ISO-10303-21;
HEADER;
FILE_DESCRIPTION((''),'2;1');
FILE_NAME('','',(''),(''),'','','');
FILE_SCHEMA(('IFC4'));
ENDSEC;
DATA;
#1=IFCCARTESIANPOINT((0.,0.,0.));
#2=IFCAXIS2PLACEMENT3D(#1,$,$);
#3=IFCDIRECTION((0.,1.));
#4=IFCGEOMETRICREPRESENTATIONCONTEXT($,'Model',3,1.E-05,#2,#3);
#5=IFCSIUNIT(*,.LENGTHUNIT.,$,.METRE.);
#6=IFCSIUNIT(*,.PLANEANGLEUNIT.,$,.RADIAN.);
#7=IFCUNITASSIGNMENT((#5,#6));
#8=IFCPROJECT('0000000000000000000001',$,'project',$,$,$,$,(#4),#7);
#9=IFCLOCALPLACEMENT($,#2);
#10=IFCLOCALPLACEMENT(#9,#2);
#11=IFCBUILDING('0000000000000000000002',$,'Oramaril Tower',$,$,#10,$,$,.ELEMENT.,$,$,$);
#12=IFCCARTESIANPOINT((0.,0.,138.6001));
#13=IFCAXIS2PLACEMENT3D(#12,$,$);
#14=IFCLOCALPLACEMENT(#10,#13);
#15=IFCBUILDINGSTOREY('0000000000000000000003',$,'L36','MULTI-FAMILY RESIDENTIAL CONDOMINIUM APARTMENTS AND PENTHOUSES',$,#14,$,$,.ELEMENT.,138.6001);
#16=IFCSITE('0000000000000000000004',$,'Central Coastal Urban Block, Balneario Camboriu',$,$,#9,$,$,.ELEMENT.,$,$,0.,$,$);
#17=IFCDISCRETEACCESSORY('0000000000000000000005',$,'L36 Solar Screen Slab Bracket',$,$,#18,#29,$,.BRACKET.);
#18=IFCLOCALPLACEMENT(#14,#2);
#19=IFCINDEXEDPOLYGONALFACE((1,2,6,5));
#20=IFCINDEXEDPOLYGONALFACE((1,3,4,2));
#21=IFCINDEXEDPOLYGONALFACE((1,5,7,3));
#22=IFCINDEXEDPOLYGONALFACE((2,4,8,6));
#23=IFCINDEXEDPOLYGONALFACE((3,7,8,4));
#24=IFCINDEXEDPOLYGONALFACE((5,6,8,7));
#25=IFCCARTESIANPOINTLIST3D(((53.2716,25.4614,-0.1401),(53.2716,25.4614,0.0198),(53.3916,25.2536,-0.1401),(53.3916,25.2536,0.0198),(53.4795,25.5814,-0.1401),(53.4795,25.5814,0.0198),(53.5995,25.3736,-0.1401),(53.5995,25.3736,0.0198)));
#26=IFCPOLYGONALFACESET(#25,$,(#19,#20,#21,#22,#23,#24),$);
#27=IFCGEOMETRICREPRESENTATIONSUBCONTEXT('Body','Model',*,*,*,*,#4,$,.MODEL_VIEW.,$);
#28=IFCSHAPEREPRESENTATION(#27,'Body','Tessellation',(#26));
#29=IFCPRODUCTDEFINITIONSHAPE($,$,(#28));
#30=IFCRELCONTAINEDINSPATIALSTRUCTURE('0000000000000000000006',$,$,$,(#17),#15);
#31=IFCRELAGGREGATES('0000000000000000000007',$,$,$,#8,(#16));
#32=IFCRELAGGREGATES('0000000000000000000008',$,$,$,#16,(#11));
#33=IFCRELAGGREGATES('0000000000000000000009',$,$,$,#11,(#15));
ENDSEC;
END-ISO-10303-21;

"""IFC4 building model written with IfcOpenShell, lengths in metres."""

from ifc_helpers import new_model, si_unit, direction, frame, origin, origin_2d, place, context, subcontext, project, spatial, rectangle, extrude, element, save


model = new_model("IFC4")

# Units and contexts
model_context = context("Model", 3, precision=1e-05, world=origin(), true_north=direction((0.0, 1.0)))
body_context = subcontext(model_context, "Body", "Model", "MODEL_VIEW")
ifc_project = project(units=[si_unit("LENGTHUNIT", "METRE"), si_unit("PLANEANGLEUNIT", "RADIAN")], contexts=[model_context])

# Site, building, storey
site_placement = place(None, origin())
site = spatial("IfcSite", under=ifc_project, at=site_placement, Name="Central Coastal Urban Block, Balneario Camboriu", CompositionType="ELEMENT", RefElevation=0.0)
building_placement = place(site_placement, origin())
building = spatial("IfcBuilding", under=site, at=building_placement, Name="Oramaril Tower", CompositionType="ELEMENT")
storey_placement = place(building_placement, frame((0.0, 0.0, 138.6001)))
storey = spatial("IfcBuildingStorey", under=building, at=storey_placement, Name="L36", Description="MULTI-FAMILY RESIDENTIAL CONDOMINIUM APARTMENTS AND PENTHOUSES", CompositionType="ELEMENT", Elevation=138.6001)

# Discrete accessory
for number, where, z_axis, x_axis, name in (
    (1, (53.4355, 25.4175, -0.1401), (0.0, 0.0, 1.0), (-0.5, 0.866025, 0.0), "L36 Solar Screen Slab Bracket"),
):
    element("IfcDiscreteAccessory", number, at=place(storey_placement, frame(where, z_axis=z_axis, x_axis=x_axis)), inside=storey, Name=name, PredefinedType="BRACKET", context=body_context, shape_type="SweptSolid", body=[
        extrude(rectangle(XDim=0.24, YDim=0.24, at=origin_2d()), origin(), (0.0, 0.0, 1.0), 0.1599),
    ])

save(model, "model.ifc")
